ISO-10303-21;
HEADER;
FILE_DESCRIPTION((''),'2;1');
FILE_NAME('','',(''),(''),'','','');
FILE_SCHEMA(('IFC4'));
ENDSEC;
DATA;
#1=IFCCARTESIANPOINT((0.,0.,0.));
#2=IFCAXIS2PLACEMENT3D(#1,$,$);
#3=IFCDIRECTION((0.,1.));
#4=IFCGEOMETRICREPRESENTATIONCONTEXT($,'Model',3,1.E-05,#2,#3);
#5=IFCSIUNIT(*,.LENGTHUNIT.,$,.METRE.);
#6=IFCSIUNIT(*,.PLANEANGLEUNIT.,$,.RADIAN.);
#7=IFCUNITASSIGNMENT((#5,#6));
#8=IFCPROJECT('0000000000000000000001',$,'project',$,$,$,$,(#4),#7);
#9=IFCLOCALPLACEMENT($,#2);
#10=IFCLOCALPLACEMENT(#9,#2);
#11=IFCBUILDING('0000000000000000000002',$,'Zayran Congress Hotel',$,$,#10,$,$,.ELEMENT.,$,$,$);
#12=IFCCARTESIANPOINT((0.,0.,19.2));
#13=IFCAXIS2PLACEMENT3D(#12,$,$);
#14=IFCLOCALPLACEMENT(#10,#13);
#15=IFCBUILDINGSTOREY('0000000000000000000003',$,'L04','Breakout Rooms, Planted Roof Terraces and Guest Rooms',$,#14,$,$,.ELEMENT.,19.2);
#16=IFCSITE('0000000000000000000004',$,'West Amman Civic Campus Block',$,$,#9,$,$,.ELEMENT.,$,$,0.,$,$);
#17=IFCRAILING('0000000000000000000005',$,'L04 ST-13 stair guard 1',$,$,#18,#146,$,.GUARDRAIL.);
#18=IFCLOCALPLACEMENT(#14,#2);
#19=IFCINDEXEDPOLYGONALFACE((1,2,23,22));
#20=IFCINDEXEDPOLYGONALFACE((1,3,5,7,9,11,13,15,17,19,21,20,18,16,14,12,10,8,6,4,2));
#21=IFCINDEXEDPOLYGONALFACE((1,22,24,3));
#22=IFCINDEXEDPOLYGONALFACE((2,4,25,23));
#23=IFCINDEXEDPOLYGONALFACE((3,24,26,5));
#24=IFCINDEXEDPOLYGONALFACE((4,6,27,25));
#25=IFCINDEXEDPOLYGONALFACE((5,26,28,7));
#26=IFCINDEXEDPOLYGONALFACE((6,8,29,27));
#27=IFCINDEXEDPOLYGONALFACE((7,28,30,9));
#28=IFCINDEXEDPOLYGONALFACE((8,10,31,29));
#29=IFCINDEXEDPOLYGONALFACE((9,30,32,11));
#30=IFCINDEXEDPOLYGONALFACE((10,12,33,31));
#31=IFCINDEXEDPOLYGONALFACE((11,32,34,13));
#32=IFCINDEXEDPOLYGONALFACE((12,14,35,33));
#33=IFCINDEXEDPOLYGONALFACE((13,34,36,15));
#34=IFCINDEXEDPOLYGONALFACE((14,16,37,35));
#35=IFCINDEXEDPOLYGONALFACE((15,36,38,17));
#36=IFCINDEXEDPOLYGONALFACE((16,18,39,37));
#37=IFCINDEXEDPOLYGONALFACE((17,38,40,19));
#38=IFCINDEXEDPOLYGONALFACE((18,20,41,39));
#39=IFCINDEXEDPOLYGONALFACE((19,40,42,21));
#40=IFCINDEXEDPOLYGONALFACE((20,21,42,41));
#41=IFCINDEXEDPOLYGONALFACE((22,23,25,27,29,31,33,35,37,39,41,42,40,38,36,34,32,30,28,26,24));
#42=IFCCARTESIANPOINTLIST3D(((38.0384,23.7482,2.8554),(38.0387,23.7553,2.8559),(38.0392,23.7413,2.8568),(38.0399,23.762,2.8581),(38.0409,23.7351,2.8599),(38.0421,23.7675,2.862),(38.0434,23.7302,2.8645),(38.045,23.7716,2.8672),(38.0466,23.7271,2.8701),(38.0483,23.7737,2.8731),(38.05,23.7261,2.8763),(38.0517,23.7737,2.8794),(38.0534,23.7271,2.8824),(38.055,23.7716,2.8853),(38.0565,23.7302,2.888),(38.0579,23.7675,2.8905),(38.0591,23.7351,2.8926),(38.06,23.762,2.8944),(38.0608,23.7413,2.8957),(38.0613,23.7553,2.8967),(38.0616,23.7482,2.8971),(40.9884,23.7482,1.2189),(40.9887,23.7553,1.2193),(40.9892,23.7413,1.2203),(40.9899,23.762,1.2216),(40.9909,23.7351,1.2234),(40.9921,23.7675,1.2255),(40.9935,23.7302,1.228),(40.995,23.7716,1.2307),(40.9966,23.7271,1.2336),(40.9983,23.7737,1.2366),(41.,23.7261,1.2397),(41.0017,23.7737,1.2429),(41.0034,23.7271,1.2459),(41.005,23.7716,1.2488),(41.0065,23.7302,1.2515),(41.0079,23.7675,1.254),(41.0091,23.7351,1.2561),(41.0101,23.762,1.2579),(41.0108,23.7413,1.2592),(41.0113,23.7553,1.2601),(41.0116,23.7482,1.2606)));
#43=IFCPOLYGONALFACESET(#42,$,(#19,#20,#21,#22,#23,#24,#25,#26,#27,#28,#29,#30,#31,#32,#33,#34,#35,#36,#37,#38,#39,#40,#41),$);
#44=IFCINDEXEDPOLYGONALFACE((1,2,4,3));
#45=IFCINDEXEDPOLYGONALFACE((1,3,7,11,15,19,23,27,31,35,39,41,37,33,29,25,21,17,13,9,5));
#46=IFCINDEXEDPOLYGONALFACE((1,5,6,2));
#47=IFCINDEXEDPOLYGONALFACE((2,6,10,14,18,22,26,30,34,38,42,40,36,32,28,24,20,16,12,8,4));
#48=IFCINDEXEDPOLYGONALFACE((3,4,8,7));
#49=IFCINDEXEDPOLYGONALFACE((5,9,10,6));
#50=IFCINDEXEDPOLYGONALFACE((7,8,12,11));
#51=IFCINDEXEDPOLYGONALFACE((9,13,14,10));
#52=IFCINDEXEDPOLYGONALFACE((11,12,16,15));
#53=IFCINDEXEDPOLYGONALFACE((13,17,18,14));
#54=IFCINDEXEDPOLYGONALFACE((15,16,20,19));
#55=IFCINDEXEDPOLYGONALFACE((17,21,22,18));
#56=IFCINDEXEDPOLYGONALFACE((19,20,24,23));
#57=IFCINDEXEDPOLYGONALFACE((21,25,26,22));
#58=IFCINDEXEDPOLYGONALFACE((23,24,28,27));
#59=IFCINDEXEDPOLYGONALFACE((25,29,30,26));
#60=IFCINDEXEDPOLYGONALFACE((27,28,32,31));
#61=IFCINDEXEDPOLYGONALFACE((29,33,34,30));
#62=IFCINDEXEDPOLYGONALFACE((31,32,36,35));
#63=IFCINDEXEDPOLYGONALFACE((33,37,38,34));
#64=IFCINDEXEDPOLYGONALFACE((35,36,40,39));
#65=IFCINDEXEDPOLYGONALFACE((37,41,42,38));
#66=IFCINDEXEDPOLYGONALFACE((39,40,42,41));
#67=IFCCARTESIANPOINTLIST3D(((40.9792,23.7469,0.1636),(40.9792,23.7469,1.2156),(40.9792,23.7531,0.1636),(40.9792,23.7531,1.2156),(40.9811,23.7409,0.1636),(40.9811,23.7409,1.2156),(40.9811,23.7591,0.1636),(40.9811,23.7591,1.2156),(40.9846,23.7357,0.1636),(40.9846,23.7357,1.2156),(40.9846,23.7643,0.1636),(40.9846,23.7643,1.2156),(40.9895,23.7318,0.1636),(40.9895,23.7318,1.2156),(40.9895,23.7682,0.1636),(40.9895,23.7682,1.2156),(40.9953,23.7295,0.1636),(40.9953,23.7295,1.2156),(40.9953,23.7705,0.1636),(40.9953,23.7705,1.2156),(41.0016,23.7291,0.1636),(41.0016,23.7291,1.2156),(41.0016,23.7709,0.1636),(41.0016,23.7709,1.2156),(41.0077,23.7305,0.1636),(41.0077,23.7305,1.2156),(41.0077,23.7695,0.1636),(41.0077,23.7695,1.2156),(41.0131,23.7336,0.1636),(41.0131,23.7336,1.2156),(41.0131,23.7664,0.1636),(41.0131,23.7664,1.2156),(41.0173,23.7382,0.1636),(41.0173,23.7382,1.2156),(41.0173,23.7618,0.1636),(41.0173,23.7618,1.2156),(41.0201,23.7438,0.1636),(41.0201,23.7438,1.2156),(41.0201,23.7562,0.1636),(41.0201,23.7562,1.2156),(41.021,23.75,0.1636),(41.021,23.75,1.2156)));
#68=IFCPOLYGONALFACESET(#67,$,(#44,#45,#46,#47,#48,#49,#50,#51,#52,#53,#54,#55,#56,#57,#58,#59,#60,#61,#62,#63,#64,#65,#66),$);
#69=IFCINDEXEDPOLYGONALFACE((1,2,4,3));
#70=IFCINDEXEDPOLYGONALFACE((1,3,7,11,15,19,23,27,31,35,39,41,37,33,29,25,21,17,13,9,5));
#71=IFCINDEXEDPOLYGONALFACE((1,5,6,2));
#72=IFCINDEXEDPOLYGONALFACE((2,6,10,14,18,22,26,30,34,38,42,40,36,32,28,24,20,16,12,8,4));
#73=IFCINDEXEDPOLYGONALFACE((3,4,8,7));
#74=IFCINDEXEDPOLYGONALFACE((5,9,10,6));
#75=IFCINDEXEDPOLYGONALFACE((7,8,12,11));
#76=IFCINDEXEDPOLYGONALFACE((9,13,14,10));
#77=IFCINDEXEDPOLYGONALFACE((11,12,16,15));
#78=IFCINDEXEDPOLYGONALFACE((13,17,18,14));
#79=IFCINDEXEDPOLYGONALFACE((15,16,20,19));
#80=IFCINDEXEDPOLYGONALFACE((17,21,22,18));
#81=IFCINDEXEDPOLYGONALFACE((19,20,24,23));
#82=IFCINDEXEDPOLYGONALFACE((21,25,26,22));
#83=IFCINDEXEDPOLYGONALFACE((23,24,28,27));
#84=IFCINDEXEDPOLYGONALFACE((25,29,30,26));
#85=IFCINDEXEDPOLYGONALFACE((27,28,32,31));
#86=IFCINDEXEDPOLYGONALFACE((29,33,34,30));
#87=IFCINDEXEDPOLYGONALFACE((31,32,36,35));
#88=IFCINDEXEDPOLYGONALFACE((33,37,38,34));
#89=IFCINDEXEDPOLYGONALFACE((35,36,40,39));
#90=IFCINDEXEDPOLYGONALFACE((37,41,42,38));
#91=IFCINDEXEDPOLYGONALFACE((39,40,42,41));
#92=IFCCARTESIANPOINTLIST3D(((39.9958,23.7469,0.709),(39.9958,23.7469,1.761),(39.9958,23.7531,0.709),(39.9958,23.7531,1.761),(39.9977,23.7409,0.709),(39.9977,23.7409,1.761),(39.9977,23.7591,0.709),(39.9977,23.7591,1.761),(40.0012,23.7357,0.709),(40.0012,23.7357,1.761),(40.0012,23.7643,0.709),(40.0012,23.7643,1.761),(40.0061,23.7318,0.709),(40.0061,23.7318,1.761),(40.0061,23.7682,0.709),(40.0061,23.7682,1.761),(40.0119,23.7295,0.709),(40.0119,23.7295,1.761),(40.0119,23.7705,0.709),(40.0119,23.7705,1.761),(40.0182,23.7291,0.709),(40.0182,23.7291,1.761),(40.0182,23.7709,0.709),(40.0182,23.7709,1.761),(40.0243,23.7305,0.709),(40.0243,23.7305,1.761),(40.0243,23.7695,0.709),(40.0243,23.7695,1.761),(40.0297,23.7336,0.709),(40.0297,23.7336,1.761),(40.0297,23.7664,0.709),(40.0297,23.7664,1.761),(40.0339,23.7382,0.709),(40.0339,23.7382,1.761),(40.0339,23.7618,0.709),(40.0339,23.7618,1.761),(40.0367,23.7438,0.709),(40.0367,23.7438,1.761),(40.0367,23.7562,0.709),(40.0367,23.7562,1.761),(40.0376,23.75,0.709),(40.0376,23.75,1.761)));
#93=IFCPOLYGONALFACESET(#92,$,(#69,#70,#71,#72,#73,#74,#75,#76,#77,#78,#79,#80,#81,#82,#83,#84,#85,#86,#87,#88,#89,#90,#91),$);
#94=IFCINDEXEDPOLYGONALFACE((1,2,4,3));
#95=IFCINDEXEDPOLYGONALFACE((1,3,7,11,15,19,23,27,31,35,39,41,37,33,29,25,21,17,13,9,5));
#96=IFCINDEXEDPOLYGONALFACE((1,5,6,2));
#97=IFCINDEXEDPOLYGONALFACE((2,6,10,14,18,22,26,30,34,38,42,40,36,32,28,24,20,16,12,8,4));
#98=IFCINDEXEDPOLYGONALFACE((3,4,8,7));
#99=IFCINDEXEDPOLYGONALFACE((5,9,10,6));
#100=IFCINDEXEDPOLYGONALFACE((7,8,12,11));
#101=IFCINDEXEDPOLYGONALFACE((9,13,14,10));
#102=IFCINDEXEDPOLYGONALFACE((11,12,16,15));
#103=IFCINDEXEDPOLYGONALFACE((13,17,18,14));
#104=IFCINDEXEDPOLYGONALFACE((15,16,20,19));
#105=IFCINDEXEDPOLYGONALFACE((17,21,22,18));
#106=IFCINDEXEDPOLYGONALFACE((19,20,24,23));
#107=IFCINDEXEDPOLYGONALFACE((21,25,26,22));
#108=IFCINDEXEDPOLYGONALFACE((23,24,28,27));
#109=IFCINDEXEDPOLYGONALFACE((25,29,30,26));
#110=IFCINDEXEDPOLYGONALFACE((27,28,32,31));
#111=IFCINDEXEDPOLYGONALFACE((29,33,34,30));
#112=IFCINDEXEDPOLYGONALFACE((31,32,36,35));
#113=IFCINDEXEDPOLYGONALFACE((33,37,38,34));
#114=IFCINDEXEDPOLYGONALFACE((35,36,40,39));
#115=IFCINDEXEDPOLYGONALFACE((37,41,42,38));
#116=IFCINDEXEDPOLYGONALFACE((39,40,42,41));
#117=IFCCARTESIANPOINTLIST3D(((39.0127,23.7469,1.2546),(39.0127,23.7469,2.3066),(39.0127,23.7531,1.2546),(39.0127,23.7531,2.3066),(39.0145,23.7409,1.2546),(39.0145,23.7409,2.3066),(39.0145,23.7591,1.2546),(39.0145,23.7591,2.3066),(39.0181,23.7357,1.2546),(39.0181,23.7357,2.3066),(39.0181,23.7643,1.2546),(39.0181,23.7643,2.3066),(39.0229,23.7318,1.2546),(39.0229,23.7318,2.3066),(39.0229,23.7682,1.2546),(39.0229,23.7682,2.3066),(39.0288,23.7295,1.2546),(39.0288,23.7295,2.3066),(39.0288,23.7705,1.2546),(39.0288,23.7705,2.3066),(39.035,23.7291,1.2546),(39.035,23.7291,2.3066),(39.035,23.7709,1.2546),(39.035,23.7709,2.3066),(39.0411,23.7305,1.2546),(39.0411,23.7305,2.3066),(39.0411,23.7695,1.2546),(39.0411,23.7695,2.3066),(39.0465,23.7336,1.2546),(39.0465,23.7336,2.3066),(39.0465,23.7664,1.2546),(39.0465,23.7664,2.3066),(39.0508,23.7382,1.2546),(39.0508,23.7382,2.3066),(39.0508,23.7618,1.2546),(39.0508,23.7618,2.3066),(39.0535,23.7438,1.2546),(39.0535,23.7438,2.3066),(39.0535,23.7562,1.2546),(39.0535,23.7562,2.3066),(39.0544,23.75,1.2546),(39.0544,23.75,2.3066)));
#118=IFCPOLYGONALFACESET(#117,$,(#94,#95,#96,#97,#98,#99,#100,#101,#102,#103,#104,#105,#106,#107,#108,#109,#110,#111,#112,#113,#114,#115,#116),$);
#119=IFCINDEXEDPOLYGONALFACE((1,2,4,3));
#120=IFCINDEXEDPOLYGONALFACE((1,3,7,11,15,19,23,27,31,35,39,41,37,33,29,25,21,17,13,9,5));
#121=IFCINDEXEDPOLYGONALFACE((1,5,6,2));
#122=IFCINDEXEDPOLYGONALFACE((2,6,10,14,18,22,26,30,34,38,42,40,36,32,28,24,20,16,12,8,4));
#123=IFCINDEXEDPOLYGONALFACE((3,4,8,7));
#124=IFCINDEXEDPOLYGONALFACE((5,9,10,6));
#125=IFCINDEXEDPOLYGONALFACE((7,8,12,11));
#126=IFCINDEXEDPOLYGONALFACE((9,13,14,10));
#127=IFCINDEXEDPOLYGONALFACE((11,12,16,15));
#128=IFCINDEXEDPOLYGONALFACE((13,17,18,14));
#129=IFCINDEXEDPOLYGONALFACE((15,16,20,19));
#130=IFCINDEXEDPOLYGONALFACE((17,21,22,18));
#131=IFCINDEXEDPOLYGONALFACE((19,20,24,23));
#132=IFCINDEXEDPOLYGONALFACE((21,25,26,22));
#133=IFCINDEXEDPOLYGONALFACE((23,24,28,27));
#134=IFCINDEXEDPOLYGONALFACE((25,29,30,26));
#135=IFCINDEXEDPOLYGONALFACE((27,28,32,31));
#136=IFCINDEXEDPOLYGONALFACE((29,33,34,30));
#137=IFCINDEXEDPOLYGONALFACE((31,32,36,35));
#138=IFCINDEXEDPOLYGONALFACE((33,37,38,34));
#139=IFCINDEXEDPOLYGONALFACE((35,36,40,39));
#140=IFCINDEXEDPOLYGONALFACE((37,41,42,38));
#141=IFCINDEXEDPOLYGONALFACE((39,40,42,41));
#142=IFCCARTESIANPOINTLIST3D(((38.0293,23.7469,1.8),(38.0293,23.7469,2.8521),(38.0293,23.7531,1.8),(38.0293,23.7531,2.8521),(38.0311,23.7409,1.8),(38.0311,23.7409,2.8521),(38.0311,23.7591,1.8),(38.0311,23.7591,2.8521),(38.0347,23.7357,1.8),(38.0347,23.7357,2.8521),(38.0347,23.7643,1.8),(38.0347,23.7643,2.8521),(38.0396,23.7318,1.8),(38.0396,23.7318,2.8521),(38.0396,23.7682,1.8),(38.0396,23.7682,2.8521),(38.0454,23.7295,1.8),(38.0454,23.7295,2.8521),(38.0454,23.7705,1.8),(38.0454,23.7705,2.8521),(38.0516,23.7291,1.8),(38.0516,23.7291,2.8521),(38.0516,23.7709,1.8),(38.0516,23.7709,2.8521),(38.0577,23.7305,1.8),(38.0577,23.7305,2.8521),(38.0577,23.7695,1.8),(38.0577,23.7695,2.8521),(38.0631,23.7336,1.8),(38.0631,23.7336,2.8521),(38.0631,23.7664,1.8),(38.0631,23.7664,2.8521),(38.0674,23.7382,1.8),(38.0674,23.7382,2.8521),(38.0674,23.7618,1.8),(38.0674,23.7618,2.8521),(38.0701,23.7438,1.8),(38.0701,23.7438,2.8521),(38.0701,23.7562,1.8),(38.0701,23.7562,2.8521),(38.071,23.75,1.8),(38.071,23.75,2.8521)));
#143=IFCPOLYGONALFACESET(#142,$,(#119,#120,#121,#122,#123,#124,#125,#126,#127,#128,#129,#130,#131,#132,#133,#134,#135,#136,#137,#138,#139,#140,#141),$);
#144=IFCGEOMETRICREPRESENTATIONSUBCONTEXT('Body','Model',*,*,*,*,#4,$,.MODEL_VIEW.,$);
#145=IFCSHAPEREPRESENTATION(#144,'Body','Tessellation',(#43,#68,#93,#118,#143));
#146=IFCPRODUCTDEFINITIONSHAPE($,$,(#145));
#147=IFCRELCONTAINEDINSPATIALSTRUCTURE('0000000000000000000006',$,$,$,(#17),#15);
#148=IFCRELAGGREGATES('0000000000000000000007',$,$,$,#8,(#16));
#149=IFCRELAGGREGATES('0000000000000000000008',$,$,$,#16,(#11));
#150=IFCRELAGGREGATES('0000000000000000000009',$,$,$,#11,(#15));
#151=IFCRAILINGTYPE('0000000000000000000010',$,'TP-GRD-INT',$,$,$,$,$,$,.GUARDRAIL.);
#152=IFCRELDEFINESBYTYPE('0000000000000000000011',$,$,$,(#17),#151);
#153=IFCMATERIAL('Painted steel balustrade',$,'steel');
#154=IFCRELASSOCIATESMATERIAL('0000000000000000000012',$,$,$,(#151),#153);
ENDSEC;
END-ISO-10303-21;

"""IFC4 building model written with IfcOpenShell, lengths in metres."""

from ifc_helpers import new_model, si_unit, direction, frame, origin, origin_2d, place, context, subcontext, project, spatial, circle, extrude, material, type_object, element, save


model = new_model("IFC4")

# Units and contexts
model_context = context("Model", 3, precision=1e-05, world=origin(), true_north=direction((0.0, 1.0)))
body_context = subcontext(model_context, "Body", "Model", "MODEL_VIEW")
ifc_project = project(units=[si_unit("LENGTHUNIT", "METRE"), si_unit("PLANEANGLEUNIT", "RADIAN")], contexts=[model_context])

# Site, building, storey
site_placement = place(None, origin())
site = spatial("IfcSite", under=ifc_project, at=site_placement, Name="West Amman Civic Campus Block", CompositionType="ELEMENT", RefElevation=0.0)
building_placement = place(site_placement, origin())
building = spatial("IfcBuilding", under=site, at=building_placement, Name="Zayran Congress Hotel", CompositionType="ELEMENT")
storey_placement = place(building_placement, frame((0.0, 0.0, 19.2)))
storey = spatial("IfcBuildingStorey", under=building, at=storey_placement, Name="L04", Description="Breakout Rooms, Planted Roof Terraces and Guest Rooms", CompositionType="ELEMENT", Elevation=19.2)

# Railing
ifc_material_1 = material(Name="Painted steel balustrade", Category="steel")
railing_type_1 = type_object("IfcRailingType", Name="TP-GRD-INT", PredefinedType="GUARDRAIL", material=ifc_material_1)
railing_1_placement = place(storey_placement, frame((41.0, 23.75, 0.1636)))
element("IfcRailing", 1, at=railing_1_placement, inside=storey, type_object=railing_type_1, Name="L04 ST-13 stair guard 1", PredefinedType="GUARDRAIL", context=body_context, shape_type="SweptSolid", body=[
    extrude(circle(Radius=0.0239, at=origin_2d()), frame((0.0, 0.0, 1.0762), z_axis=(-0.874458, 0.0, 0.485102), x_axis=(0.0, -1.0, 0.0)), (0.0, 0.0, 1.0), 3.3735),
    extrude(circle(Radius=0.021, at=origin_2d()), origin(), (0.0, 0.0, 1.0), 1.052),
    extrude(circle(Radius=0.021, at=origin_2d()), frame((-0.9834, 0.0, 0.5454)), (0.0, 0.0, 1.0), 1.052),
    extrude(circle(Radius=0.021, at=origin_2d()), frame((-1.9666, 0.0, 1.0911)), (0.0, 0.0, 1.0), 1.052),
    extrude(circle(Radius=0.021, at=origin_2d()), frame((-2.95, 0.0, 1.6365)), (0.0, 0.0, 1.0), 1.052),
])

save(model, "model.ifc")
